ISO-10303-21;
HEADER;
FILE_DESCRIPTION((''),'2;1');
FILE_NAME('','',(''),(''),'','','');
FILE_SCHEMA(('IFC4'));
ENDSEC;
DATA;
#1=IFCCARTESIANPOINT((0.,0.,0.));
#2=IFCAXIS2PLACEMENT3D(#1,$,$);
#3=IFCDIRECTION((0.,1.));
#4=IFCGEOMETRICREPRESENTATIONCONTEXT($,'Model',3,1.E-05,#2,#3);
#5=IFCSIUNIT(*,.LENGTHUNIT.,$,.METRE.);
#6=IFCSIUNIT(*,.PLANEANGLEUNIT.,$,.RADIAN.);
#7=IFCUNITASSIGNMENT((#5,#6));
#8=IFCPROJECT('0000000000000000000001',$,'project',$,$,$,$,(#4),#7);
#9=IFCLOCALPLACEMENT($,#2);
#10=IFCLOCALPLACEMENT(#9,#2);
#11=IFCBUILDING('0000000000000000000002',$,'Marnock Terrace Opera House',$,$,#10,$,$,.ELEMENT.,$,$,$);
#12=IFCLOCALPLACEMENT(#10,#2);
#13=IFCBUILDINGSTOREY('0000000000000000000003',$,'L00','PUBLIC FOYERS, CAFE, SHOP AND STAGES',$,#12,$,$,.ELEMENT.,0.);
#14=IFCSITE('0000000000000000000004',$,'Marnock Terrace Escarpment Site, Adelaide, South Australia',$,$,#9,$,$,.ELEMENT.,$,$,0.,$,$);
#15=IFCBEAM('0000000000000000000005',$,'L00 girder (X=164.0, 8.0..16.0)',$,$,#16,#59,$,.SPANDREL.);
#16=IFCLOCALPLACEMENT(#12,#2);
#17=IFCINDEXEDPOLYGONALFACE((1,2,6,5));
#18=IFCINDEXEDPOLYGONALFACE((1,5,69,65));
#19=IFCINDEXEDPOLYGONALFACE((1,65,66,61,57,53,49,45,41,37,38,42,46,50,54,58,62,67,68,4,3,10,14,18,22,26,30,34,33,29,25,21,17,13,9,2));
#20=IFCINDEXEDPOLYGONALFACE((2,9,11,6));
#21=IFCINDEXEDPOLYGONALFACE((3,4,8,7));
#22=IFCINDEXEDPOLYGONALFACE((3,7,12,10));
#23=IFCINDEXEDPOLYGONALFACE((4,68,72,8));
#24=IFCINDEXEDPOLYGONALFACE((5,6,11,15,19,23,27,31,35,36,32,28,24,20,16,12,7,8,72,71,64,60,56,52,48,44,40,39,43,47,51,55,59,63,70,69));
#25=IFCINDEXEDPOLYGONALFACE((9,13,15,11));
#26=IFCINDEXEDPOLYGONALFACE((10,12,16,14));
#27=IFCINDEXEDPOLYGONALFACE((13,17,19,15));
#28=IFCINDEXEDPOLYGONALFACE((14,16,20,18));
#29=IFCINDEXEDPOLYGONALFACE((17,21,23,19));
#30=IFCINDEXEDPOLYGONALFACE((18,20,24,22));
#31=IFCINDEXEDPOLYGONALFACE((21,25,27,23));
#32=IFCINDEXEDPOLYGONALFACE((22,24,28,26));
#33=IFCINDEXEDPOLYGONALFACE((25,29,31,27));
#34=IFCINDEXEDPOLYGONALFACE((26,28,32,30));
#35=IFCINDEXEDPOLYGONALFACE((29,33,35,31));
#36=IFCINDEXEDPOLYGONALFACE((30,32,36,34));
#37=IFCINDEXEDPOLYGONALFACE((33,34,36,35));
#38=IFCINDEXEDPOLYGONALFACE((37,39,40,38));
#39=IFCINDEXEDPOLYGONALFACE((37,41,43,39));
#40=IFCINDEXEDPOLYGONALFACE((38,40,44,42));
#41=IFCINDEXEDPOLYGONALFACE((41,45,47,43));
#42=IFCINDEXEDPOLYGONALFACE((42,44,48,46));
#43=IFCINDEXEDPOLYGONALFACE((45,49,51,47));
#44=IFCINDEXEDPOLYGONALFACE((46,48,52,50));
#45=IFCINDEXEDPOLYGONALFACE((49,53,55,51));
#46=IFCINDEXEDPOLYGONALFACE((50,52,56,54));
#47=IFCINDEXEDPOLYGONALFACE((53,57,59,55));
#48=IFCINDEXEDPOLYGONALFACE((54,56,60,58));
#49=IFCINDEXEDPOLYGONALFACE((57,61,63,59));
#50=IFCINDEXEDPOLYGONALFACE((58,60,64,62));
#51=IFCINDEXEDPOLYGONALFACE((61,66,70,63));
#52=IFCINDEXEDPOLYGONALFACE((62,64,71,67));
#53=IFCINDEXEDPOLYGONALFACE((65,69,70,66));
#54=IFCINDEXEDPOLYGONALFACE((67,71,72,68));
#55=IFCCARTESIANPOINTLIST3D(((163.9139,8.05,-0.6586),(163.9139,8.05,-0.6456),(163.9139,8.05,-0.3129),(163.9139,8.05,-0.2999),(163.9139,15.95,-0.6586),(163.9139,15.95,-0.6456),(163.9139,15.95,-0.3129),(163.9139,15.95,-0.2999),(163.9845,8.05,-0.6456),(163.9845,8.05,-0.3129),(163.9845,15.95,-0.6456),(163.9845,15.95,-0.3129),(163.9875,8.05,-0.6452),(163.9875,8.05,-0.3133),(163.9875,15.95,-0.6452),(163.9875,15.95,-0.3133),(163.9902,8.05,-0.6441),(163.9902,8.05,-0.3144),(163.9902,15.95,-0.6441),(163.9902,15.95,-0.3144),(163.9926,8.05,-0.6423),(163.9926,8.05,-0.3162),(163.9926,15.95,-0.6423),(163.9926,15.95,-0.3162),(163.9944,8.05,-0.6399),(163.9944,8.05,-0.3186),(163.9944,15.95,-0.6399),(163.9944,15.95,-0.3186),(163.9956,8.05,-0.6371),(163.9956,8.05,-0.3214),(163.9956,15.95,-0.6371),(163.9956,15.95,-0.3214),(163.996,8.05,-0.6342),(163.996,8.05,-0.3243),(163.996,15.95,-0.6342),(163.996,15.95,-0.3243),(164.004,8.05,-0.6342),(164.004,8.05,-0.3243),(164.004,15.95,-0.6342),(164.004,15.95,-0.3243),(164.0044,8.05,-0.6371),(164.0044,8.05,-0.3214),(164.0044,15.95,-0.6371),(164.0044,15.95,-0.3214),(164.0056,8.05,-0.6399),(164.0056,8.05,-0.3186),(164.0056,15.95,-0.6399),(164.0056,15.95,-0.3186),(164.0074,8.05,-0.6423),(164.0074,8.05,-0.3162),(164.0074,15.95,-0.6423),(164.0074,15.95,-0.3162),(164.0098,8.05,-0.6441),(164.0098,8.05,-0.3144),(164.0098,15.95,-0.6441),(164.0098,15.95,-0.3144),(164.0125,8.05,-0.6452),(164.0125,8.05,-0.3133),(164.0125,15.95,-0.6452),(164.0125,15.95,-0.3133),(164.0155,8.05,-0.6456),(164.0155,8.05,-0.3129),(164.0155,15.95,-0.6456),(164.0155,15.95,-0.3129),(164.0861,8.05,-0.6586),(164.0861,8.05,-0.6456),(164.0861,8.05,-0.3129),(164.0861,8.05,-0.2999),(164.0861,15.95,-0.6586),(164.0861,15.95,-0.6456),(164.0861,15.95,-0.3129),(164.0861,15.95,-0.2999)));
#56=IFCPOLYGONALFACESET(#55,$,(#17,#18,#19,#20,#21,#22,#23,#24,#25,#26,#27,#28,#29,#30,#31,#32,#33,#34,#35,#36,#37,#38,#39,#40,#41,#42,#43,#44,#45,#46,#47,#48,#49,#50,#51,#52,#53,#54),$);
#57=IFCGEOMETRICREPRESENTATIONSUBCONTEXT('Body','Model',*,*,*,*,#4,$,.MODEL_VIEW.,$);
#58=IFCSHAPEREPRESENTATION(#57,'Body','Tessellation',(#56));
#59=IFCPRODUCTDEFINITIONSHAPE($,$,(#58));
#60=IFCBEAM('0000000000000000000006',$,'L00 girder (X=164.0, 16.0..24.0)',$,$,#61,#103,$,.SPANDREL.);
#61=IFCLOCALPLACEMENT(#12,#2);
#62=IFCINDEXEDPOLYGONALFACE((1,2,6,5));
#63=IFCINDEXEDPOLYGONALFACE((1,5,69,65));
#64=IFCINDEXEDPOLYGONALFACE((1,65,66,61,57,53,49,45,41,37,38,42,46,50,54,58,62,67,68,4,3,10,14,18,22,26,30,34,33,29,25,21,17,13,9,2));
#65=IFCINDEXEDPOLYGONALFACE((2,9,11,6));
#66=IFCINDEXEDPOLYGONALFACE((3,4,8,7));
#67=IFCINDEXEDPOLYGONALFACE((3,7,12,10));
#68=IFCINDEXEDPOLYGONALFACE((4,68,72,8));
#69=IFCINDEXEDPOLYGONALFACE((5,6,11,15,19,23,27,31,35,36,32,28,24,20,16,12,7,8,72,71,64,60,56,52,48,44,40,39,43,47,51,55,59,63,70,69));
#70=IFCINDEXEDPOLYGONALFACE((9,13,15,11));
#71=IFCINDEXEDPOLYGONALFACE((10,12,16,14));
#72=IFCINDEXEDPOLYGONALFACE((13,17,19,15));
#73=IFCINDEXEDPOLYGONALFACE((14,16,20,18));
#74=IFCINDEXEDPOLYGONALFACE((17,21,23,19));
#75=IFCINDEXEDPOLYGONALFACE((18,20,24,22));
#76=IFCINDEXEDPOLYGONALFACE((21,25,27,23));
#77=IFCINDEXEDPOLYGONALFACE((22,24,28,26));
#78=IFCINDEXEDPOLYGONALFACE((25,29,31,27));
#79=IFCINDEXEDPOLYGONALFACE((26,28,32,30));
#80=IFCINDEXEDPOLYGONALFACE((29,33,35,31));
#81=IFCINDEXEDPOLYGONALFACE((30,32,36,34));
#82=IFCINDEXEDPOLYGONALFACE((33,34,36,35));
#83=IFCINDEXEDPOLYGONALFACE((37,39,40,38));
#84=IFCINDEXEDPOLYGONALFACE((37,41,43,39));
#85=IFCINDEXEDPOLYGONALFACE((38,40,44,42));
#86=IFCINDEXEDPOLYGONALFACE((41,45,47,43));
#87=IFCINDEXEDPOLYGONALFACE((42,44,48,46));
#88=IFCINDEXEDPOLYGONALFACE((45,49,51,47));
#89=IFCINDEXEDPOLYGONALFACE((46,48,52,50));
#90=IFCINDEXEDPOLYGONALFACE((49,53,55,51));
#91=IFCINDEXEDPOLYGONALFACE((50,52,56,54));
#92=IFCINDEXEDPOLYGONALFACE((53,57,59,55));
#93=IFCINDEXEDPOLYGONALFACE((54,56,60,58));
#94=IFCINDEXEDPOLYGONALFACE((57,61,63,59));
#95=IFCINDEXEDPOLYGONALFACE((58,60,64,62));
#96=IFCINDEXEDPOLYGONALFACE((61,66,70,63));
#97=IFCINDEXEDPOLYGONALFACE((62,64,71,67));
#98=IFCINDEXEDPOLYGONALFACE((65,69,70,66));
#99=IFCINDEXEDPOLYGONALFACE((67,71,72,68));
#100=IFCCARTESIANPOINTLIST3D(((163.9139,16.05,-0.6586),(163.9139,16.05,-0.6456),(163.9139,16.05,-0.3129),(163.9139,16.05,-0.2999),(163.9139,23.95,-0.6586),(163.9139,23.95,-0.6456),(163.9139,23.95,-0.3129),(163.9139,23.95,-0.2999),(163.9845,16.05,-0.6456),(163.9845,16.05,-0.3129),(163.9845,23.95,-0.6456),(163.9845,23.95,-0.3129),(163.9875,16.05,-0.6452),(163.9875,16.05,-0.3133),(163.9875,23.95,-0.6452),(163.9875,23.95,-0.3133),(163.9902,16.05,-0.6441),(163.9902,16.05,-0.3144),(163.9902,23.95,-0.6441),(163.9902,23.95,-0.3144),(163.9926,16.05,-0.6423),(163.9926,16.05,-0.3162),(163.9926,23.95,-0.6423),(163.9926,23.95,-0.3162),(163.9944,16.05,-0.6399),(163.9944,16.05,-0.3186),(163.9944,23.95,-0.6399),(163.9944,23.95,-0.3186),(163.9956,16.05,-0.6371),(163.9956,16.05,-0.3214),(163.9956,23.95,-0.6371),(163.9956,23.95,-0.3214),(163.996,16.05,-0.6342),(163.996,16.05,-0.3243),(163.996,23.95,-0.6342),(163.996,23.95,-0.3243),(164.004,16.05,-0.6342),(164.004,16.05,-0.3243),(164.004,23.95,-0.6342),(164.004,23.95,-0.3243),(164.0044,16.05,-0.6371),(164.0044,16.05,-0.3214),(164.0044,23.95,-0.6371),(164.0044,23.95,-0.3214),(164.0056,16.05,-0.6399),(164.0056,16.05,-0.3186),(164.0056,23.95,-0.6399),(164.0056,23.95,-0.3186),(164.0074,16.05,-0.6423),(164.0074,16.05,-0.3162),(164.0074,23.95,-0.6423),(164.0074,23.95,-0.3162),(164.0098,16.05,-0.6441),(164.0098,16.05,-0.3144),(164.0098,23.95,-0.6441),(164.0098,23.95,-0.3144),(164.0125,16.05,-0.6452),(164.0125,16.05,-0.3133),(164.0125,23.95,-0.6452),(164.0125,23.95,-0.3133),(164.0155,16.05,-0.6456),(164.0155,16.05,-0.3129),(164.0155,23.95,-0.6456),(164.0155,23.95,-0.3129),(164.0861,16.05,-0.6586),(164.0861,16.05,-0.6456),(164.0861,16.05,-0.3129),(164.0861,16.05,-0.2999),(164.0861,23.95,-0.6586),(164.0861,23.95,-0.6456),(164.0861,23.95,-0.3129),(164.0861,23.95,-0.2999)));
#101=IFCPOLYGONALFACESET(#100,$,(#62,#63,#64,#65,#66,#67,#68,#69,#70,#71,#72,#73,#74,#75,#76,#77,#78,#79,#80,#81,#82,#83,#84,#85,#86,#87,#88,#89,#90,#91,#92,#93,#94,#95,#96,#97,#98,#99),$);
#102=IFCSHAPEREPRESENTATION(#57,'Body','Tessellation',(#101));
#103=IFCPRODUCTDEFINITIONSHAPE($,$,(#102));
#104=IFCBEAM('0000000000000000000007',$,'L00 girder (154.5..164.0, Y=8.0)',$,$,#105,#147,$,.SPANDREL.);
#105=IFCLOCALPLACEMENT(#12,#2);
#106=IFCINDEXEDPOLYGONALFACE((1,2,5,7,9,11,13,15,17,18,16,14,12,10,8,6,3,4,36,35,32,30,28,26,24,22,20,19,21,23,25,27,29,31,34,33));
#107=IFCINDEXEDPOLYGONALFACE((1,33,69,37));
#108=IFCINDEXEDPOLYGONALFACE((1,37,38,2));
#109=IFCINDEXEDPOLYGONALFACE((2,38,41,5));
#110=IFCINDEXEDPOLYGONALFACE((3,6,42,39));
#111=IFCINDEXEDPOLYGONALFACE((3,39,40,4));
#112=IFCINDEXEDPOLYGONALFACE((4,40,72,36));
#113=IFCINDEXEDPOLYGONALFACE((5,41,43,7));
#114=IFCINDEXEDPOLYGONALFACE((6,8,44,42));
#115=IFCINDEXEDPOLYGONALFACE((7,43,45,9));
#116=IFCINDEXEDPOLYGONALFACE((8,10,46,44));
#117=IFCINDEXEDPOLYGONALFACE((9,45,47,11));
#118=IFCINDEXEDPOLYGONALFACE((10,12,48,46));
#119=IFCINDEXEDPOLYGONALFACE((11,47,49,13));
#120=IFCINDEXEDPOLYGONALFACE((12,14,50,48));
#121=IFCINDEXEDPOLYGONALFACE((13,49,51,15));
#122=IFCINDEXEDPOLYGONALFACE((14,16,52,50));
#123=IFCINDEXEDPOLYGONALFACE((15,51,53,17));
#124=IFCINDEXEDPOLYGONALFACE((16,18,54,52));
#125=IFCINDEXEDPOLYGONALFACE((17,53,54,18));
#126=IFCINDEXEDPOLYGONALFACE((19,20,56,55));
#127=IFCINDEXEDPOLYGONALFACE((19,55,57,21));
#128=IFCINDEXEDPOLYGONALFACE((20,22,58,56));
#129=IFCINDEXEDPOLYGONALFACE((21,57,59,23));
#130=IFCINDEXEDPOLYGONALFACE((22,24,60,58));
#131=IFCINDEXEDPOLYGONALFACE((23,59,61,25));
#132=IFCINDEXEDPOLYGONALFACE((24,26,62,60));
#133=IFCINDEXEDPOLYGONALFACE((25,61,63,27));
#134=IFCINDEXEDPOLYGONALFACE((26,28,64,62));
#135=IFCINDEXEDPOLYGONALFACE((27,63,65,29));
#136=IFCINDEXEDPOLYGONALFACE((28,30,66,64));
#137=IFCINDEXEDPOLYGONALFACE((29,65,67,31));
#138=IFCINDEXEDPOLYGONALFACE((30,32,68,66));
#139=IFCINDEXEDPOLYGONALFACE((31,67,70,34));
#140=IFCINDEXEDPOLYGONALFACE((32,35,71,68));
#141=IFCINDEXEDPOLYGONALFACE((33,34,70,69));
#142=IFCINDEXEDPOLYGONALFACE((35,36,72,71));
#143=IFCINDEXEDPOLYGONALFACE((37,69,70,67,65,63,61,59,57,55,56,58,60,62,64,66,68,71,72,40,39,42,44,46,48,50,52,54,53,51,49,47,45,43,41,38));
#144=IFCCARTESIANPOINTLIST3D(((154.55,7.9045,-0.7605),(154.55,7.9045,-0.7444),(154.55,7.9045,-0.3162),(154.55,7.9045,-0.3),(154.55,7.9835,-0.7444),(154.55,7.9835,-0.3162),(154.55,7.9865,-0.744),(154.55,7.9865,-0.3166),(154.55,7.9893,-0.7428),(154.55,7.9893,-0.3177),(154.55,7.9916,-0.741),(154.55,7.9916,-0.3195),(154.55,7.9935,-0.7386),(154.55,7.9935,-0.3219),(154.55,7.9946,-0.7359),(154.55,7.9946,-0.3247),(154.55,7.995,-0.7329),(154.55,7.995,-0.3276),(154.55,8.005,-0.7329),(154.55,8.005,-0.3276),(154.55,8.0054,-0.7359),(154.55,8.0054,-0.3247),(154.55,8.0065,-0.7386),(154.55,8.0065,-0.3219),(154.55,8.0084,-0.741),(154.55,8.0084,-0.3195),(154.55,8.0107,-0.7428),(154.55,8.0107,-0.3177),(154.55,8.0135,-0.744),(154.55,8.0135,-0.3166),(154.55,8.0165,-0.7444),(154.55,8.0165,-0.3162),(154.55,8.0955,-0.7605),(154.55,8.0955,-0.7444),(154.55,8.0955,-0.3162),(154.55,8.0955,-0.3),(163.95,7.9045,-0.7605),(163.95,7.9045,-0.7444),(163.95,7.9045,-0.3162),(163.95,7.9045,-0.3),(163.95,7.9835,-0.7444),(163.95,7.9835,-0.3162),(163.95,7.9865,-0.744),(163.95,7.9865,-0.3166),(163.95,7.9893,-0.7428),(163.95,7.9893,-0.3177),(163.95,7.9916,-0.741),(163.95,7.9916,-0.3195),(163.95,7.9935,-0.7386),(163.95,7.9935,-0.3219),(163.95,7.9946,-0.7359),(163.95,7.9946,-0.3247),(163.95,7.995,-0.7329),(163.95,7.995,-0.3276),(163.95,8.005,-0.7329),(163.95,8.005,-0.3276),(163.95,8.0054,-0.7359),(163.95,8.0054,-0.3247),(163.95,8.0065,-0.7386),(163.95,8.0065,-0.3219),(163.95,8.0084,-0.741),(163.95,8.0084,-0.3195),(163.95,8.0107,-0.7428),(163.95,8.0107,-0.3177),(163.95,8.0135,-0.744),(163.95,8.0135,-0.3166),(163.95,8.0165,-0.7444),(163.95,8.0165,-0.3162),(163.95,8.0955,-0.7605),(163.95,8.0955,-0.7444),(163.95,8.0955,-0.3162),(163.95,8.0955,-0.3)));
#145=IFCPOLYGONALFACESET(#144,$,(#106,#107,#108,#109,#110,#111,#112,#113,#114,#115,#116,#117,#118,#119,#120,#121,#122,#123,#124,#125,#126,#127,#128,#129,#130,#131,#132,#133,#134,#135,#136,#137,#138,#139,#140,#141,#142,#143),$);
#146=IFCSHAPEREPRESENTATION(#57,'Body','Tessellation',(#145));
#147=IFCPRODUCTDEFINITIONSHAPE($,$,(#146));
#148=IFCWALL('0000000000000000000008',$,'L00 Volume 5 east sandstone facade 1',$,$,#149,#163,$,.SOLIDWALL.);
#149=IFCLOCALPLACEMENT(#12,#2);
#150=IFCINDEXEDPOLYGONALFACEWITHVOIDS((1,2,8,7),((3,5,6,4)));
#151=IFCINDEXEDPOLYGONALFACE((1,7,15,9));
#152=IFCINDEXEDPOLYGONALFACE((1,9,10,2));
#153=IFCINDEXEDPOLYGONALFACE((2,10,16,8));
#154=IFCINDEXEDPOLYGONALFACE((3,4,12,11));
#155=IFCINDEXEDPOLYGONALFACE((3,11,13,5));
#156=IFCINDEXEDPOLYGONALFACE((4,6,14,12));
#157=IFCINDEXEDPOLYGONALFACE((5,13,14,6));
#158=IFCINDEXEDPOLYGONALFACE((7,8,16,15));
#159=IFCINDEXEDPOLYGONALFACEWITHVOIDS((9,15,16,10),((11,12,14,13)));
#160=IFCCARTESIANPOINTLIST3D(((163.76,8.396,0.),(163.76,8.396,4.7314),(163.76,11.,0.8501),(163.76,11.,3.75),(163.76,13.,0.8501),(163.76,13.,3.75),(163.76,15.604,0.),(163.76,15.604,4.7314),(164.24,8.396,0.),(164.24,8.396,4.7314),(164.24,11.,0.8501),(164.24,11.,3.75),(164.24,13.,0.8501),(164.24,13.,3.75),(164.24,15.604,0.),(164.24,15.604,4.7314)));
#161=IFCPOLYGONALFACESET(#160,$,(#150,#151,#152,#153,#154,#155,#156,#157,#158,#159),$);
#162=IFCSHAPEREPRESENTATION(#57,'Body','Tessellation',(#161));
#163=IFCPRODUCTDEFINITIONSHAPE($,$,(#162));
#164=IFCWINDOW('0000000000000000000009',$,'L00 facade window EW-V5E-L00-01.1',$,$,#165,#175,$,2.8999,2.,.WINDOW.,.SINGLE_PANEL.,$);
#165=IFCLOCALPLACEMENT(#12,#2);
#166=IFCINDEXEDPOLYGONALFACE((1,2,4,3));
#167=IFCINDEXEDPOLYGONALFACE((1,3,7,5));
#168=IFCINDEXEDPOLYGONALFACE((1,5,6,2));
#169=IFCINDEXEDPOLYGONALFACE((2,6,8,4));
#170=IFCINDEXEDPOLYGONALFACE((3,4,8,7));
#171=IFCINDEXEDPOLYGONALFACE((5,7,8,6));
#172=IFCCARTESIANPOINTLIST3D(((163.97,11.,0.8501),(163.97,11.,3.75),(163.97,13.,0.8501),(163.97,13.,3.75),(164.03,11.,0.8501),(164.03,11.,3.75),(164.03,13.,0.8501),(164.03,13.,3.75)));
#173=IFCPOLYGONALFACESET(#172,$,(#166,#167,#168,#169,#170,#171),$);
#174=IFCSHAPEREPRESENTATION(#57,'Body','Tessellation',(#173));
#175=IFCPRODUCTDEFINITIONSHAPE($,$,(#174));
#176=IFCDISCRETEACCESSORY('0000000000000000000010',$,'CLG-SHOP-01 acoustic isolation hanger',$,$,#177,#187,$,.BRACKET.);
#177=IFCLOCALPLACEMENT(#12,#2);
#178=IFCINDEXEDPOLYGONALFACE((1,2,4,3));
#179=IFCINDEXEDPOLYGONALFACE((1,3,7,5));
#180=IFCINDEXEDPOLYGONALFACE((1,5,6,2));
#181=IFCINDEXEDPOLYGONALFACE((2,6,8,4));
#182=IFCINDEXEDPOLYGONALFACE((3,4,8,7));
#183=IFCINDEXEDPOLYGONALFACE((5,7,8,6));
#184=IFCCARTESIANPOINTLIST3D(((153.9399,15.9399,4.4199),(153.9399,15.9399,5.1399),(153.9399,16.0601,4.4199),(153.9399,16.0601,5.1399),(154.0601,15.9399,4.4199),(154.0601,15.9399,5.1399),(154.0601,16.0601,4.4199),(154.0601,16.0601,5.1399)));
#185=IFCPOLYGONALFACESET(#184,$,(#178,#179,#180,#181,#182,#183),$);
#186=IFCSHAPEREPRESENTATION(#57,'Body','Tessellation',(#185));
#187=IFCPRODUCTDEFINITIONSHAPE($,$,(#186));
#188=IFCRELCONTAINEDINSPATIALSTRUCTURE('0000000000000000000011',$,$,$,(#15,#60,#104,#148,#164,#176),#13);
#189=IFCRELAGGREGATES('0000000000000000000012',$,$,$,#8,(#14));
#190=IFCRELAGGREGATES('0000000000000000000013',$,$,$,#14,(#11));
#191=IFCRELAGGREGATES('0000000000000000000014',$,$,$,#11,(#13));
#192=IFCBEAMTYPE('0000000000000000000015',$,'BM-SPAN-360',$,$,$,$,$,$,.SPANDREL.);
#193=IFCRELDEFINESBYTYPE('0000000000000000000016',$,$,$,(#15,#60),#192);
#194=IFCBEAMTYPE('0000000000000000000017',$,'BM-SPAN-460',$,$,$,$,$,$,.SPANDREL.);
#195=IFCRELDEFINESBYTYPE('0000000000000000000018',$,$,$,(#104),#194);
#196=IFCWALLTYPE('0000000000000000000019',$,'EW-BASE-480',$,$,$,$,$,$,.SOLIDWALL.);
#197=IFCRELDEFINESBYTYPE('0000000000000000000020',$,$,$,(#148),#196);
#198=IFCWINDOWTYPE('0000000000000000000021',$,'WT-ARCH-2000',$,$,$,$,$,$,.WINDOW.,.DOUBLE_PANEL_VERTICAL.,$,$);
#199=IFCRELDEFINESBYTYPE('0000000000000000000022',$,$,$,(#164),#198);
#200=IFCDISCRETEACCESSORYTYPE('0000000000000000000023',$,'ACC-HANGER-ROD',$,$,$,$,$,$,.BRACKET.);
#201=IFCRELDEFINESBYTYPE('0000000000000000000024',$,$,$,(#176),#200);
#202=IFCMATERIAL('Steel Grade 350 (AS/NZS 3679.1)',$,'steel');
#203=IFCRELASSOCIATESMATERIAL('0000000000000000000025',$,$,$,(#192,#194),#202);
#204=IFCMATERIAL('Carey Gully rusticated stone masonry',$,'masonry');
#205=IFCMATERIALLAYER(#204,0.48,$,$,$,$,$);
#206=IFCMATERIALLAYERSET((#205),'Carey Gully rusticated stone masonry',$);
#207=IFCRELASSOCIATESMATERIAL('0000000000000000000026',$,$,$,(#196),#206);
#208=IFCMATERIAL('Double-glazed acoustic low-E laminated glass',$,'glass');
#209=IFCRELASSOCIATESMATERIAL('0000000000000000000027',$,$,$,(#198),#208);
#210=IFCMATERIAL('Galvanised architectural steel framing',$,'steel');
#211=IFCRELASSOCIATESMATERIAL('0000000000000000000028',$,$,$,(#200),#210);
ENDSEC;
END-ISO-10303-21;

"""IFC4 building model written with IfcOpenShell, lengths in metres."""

from ifc_helpers import new_model, si_unit, direction, frame, frame_2d, origin, origin_2d, place, context, subcontext, project, spatial, rectangle, i_section, extrude, material, layer, layer_set, material_profile, profile_set, type_object, element, fill, save


model = new_model("IFC4")

# Units and contexts
model_context = context("Model", 3, precision=1e-05, world=origin(), true_north=direction((0.0, 1.0)))
body_context = subcontext(model_context, "Body", "Model", "MODEL_VIEW")
ifc_project = project(units=[si_unit("LENGTHUNIT", "METRE"), si_unit("PLANEANGLEUNIT", "RADIAN")], contexts=[model_context])

# Site, building, storey
site_placement = place(None, origin())
site = spatial("IfcSite", under=ifc_project, at=site_placement, Name="Marnock Terrace Escarpment Site, Adelaide, South Australia", CompositionType="ELEMENT", RefElevation=0.0)
building_placement = place(site_placement, origin())
building = spatial("IfcBuilding", under=site, at=building_placement, Name="Marnock Terrace Opera House", CompositionType="ELEMENT")
storey_placement = place(building_placement, origin())
storey = spatial("IfcBuildingStorey", under=building, at=storey_placement, Name="L00", Description="PUBLIC FOYERS, CAFE, SHOP AND STAGES", CompositionType="ELEMENT", Elevation=0.0)

# Beams
ifc_material_1 = material(Name="Steel Grade 350 (AS/NZS 3679.1)", Category="steel")
ifc_material_profile_1 = material_profile(ifc_material_1, i_section(OverallWidth=0.1721, OverallDepth=0.3586, WebThickness=0.0081, FlangeThickness=0.0129, FilletRadius=0.0115, at=origin_2d()))
ifc_profile_set_1 = profile_set([ifc_material_profile_1], Name="Steel Grade 350 (AS/NZS 3679.1)")
beam_type_1 = type_object("IfcBeamType", Name="BM-SPAN-360", PredefinedType="SPANDREL", material=ifc_profile_set_1)
for number, where, z_axis, x_axis, name in (
    (1, (164.0, 8.05, -0.4792), (0.0, 1.0, 0.0), (-1.0, 0.0, 0.0), "L00 girder (X=164.0, 8.0..16.0)"),
    (2, (164.0, 16.05, -0.4792), (0.0, 1.0, 0.0), (-1.0, 0.0, 0.0), "L00 girder (X=164.0, 16.0..24.0)"),
):
    element("IfcBeam", number, at=place(storey_placement, frame(where, z_axis=z_axis, x_axis=x_axis)), inside=storey, type_object=beam_type_1, Name=name, PredefinedType="SPANDREL", context=body_context, shape_type="SweptSolid", body=[
        extrude(i_section(OverallWidth=0.1721, OverallDepth=0.3586, WebThickness=0.0081, FlangeThickness=0.0129, FilletRadius=0.0115, at=origin_2d()), origin(), (0.0, 0.0, 1.0), 7.8999),
    ])
ifc_material_profile_2 = material_profile(ifc_material_1, i_section(OverallWidth=0.1909, OverallDepth=0.4604, WebThickness=0.01, FlangeThickness=0.0161, FilletRadius=0.0115, at=origin_2d()))
ifc_profile_set_2 = profile_set([ifc_material_profile_2], Name="Steel Grade 350 (AS/NZS 3679.1)")
beam_type_2 = type_object("IfcBeamType", Name="BM-SPAN-460", PredefinedType="SPANDREL", material=ifc_profile_set_2)
beam_1_placement = place(storey_placement, frame((154.55, 8.0, -0.5303), z_axis=(1.0, 0.0, 0.0), x_axis=(0.0, 1.0, 0.0)))
element("IfcBeam", 3, at=beam_1_placement, inside=storey, type_object=beam_type_2, Name="L00 girder (154.5..164.0, Y=8.0)", PredefinedType="SPANDREL", context=body_context, shape_type="SweptSolid", body=[
    extrude(i_section(OverallWidth=0.1909, OverallDepth=0.4604, WebThickness=0.01, FlangeThickness=0.0161, FilletRadius=0.0115, at=origin_2d()), origin(), (0.0, 0.0, 1.0), 9.3999),
])

# Shared definitions
ifc_material_2 = material(Name="Carey Gully rusticated stone masonry", Category="masonry")
ifc_layer = layer(ifc_material_2, 0.48)
ifc_layer_set = layer_set([ifc_layer], Name="Carey Gully rusticated stone masonry")
wall_type = type_object("IfcWallType", Name="EW-BASE-480", PredefinedType="SOLIDWALL", material=ifc_layer_set)

# Wall, opening, window
wall_1_placement = place(storey_placement, frame((164.0, 8.396, 0.0), z_axis=(0.0, 0.0, 1.0), x_axis=(0.0, 1.0, 0.0)))
wall_1 = element("IfcWall", 4, at=wall_1_placement, inside=storey, type_object=wall_type, Name="L00 Volume 5 east sandstone facade 1", PredefinedType="SOLIDWALL", context=body_context, shape_type="SweptSolid", body=[
    extrude(rectangle(XDim=7.208, YDim=0.48, at=frame_2d((3.604, 0.0))), origin(), (0.0, 0.0, 1.0), 4.7314),
])
opening_1_placement = place(wall_1_placement, frame((2.604, 0.0, 0.8501)))
opening_1 = element("IfcOpeningElement", 5, at=opening_1_placement, cuts=wall_1, PredefinedType="OPENING", context=body_context, shape_type="SweptSolid", body=[
    extrude(rectangle(XDim=2.0, YDim=2.8999, at=frame_2d((1.0, 1.45))), frame((0.0, 0.25, 0.0), z_axis=(0.0, -1.0, 0.0), x_axis=(1.0, 0.0, 0.0)), (0.0, 0.0, 1.0), 0.5),
])
ifc_material_3 = material(Name="Double-glazed acoustic low-E laminated glass", Category="glass")
window_type = type_object("IfcWindowType", Name="WT-ARCH-2000", PartitioningType="DOUBLE_PANEL_VERTICAL", PredefinedType="WINDOW", material=ifc_material_3)
window_placement = place(opening_1_placement, origin())
window = element("IfcWindow", 6, at=window_placement, inside=storey, type_object=window_type, Name="L00 facade window EW-V5E-L00-01.1", OverallHeight=2.8999, OverallWidth=2.0, PartitioningType="SINGLE_PANEL", PredefinedType="WINDOW", context=body_context, shape_type="SweptSolid", body=[
    extrude(rectangle(XDim=2.0, YDim=2.8999, at=frame_2d((1.0, 1.45))), frame((0.0, 0.03, 0.0), z_axis=(0.0, -1.0, 0.0), x_axis=(1.0, 0.0, 0.0)), (0.0, 0.0, 1.0), 0.0601),
])
fill(opening_1, window)

# Discrete accessory
ifc_material_4 = material(Name="Galvanised architectural steel framing", Category="steel")
discrete_accessory_type = type_object("IfcDiscreteAccessoryType", Name="ACC-HANGER-ROD", PredefinedType="BRACKET", material=ifc_material_4)
discrete_accessory_placement = place(storey_placement, frame((154.0, 16.0, 4.4199), z_axis=(0.0, 0.0, 1.0), x_axis=(1.0, 0.0, 0.0)))
element("IfcDiscreteAccessory", 7, at=discrete_accessory_placement, inside=storey, type_object=discrete_accessory_type, Name="CLG-SHOP-01 acoustic isolation hanger", PredefinedType="BRACKET", context=body_context, shape_type="SweptSolid", body=[
    extrude(rectangle(XDim=0.1201, YDim=0.1201, at=origin_2d()), origin(), (0.0, 0.0, 1.0), 0.72),
])

save(model, "model.ifc")
